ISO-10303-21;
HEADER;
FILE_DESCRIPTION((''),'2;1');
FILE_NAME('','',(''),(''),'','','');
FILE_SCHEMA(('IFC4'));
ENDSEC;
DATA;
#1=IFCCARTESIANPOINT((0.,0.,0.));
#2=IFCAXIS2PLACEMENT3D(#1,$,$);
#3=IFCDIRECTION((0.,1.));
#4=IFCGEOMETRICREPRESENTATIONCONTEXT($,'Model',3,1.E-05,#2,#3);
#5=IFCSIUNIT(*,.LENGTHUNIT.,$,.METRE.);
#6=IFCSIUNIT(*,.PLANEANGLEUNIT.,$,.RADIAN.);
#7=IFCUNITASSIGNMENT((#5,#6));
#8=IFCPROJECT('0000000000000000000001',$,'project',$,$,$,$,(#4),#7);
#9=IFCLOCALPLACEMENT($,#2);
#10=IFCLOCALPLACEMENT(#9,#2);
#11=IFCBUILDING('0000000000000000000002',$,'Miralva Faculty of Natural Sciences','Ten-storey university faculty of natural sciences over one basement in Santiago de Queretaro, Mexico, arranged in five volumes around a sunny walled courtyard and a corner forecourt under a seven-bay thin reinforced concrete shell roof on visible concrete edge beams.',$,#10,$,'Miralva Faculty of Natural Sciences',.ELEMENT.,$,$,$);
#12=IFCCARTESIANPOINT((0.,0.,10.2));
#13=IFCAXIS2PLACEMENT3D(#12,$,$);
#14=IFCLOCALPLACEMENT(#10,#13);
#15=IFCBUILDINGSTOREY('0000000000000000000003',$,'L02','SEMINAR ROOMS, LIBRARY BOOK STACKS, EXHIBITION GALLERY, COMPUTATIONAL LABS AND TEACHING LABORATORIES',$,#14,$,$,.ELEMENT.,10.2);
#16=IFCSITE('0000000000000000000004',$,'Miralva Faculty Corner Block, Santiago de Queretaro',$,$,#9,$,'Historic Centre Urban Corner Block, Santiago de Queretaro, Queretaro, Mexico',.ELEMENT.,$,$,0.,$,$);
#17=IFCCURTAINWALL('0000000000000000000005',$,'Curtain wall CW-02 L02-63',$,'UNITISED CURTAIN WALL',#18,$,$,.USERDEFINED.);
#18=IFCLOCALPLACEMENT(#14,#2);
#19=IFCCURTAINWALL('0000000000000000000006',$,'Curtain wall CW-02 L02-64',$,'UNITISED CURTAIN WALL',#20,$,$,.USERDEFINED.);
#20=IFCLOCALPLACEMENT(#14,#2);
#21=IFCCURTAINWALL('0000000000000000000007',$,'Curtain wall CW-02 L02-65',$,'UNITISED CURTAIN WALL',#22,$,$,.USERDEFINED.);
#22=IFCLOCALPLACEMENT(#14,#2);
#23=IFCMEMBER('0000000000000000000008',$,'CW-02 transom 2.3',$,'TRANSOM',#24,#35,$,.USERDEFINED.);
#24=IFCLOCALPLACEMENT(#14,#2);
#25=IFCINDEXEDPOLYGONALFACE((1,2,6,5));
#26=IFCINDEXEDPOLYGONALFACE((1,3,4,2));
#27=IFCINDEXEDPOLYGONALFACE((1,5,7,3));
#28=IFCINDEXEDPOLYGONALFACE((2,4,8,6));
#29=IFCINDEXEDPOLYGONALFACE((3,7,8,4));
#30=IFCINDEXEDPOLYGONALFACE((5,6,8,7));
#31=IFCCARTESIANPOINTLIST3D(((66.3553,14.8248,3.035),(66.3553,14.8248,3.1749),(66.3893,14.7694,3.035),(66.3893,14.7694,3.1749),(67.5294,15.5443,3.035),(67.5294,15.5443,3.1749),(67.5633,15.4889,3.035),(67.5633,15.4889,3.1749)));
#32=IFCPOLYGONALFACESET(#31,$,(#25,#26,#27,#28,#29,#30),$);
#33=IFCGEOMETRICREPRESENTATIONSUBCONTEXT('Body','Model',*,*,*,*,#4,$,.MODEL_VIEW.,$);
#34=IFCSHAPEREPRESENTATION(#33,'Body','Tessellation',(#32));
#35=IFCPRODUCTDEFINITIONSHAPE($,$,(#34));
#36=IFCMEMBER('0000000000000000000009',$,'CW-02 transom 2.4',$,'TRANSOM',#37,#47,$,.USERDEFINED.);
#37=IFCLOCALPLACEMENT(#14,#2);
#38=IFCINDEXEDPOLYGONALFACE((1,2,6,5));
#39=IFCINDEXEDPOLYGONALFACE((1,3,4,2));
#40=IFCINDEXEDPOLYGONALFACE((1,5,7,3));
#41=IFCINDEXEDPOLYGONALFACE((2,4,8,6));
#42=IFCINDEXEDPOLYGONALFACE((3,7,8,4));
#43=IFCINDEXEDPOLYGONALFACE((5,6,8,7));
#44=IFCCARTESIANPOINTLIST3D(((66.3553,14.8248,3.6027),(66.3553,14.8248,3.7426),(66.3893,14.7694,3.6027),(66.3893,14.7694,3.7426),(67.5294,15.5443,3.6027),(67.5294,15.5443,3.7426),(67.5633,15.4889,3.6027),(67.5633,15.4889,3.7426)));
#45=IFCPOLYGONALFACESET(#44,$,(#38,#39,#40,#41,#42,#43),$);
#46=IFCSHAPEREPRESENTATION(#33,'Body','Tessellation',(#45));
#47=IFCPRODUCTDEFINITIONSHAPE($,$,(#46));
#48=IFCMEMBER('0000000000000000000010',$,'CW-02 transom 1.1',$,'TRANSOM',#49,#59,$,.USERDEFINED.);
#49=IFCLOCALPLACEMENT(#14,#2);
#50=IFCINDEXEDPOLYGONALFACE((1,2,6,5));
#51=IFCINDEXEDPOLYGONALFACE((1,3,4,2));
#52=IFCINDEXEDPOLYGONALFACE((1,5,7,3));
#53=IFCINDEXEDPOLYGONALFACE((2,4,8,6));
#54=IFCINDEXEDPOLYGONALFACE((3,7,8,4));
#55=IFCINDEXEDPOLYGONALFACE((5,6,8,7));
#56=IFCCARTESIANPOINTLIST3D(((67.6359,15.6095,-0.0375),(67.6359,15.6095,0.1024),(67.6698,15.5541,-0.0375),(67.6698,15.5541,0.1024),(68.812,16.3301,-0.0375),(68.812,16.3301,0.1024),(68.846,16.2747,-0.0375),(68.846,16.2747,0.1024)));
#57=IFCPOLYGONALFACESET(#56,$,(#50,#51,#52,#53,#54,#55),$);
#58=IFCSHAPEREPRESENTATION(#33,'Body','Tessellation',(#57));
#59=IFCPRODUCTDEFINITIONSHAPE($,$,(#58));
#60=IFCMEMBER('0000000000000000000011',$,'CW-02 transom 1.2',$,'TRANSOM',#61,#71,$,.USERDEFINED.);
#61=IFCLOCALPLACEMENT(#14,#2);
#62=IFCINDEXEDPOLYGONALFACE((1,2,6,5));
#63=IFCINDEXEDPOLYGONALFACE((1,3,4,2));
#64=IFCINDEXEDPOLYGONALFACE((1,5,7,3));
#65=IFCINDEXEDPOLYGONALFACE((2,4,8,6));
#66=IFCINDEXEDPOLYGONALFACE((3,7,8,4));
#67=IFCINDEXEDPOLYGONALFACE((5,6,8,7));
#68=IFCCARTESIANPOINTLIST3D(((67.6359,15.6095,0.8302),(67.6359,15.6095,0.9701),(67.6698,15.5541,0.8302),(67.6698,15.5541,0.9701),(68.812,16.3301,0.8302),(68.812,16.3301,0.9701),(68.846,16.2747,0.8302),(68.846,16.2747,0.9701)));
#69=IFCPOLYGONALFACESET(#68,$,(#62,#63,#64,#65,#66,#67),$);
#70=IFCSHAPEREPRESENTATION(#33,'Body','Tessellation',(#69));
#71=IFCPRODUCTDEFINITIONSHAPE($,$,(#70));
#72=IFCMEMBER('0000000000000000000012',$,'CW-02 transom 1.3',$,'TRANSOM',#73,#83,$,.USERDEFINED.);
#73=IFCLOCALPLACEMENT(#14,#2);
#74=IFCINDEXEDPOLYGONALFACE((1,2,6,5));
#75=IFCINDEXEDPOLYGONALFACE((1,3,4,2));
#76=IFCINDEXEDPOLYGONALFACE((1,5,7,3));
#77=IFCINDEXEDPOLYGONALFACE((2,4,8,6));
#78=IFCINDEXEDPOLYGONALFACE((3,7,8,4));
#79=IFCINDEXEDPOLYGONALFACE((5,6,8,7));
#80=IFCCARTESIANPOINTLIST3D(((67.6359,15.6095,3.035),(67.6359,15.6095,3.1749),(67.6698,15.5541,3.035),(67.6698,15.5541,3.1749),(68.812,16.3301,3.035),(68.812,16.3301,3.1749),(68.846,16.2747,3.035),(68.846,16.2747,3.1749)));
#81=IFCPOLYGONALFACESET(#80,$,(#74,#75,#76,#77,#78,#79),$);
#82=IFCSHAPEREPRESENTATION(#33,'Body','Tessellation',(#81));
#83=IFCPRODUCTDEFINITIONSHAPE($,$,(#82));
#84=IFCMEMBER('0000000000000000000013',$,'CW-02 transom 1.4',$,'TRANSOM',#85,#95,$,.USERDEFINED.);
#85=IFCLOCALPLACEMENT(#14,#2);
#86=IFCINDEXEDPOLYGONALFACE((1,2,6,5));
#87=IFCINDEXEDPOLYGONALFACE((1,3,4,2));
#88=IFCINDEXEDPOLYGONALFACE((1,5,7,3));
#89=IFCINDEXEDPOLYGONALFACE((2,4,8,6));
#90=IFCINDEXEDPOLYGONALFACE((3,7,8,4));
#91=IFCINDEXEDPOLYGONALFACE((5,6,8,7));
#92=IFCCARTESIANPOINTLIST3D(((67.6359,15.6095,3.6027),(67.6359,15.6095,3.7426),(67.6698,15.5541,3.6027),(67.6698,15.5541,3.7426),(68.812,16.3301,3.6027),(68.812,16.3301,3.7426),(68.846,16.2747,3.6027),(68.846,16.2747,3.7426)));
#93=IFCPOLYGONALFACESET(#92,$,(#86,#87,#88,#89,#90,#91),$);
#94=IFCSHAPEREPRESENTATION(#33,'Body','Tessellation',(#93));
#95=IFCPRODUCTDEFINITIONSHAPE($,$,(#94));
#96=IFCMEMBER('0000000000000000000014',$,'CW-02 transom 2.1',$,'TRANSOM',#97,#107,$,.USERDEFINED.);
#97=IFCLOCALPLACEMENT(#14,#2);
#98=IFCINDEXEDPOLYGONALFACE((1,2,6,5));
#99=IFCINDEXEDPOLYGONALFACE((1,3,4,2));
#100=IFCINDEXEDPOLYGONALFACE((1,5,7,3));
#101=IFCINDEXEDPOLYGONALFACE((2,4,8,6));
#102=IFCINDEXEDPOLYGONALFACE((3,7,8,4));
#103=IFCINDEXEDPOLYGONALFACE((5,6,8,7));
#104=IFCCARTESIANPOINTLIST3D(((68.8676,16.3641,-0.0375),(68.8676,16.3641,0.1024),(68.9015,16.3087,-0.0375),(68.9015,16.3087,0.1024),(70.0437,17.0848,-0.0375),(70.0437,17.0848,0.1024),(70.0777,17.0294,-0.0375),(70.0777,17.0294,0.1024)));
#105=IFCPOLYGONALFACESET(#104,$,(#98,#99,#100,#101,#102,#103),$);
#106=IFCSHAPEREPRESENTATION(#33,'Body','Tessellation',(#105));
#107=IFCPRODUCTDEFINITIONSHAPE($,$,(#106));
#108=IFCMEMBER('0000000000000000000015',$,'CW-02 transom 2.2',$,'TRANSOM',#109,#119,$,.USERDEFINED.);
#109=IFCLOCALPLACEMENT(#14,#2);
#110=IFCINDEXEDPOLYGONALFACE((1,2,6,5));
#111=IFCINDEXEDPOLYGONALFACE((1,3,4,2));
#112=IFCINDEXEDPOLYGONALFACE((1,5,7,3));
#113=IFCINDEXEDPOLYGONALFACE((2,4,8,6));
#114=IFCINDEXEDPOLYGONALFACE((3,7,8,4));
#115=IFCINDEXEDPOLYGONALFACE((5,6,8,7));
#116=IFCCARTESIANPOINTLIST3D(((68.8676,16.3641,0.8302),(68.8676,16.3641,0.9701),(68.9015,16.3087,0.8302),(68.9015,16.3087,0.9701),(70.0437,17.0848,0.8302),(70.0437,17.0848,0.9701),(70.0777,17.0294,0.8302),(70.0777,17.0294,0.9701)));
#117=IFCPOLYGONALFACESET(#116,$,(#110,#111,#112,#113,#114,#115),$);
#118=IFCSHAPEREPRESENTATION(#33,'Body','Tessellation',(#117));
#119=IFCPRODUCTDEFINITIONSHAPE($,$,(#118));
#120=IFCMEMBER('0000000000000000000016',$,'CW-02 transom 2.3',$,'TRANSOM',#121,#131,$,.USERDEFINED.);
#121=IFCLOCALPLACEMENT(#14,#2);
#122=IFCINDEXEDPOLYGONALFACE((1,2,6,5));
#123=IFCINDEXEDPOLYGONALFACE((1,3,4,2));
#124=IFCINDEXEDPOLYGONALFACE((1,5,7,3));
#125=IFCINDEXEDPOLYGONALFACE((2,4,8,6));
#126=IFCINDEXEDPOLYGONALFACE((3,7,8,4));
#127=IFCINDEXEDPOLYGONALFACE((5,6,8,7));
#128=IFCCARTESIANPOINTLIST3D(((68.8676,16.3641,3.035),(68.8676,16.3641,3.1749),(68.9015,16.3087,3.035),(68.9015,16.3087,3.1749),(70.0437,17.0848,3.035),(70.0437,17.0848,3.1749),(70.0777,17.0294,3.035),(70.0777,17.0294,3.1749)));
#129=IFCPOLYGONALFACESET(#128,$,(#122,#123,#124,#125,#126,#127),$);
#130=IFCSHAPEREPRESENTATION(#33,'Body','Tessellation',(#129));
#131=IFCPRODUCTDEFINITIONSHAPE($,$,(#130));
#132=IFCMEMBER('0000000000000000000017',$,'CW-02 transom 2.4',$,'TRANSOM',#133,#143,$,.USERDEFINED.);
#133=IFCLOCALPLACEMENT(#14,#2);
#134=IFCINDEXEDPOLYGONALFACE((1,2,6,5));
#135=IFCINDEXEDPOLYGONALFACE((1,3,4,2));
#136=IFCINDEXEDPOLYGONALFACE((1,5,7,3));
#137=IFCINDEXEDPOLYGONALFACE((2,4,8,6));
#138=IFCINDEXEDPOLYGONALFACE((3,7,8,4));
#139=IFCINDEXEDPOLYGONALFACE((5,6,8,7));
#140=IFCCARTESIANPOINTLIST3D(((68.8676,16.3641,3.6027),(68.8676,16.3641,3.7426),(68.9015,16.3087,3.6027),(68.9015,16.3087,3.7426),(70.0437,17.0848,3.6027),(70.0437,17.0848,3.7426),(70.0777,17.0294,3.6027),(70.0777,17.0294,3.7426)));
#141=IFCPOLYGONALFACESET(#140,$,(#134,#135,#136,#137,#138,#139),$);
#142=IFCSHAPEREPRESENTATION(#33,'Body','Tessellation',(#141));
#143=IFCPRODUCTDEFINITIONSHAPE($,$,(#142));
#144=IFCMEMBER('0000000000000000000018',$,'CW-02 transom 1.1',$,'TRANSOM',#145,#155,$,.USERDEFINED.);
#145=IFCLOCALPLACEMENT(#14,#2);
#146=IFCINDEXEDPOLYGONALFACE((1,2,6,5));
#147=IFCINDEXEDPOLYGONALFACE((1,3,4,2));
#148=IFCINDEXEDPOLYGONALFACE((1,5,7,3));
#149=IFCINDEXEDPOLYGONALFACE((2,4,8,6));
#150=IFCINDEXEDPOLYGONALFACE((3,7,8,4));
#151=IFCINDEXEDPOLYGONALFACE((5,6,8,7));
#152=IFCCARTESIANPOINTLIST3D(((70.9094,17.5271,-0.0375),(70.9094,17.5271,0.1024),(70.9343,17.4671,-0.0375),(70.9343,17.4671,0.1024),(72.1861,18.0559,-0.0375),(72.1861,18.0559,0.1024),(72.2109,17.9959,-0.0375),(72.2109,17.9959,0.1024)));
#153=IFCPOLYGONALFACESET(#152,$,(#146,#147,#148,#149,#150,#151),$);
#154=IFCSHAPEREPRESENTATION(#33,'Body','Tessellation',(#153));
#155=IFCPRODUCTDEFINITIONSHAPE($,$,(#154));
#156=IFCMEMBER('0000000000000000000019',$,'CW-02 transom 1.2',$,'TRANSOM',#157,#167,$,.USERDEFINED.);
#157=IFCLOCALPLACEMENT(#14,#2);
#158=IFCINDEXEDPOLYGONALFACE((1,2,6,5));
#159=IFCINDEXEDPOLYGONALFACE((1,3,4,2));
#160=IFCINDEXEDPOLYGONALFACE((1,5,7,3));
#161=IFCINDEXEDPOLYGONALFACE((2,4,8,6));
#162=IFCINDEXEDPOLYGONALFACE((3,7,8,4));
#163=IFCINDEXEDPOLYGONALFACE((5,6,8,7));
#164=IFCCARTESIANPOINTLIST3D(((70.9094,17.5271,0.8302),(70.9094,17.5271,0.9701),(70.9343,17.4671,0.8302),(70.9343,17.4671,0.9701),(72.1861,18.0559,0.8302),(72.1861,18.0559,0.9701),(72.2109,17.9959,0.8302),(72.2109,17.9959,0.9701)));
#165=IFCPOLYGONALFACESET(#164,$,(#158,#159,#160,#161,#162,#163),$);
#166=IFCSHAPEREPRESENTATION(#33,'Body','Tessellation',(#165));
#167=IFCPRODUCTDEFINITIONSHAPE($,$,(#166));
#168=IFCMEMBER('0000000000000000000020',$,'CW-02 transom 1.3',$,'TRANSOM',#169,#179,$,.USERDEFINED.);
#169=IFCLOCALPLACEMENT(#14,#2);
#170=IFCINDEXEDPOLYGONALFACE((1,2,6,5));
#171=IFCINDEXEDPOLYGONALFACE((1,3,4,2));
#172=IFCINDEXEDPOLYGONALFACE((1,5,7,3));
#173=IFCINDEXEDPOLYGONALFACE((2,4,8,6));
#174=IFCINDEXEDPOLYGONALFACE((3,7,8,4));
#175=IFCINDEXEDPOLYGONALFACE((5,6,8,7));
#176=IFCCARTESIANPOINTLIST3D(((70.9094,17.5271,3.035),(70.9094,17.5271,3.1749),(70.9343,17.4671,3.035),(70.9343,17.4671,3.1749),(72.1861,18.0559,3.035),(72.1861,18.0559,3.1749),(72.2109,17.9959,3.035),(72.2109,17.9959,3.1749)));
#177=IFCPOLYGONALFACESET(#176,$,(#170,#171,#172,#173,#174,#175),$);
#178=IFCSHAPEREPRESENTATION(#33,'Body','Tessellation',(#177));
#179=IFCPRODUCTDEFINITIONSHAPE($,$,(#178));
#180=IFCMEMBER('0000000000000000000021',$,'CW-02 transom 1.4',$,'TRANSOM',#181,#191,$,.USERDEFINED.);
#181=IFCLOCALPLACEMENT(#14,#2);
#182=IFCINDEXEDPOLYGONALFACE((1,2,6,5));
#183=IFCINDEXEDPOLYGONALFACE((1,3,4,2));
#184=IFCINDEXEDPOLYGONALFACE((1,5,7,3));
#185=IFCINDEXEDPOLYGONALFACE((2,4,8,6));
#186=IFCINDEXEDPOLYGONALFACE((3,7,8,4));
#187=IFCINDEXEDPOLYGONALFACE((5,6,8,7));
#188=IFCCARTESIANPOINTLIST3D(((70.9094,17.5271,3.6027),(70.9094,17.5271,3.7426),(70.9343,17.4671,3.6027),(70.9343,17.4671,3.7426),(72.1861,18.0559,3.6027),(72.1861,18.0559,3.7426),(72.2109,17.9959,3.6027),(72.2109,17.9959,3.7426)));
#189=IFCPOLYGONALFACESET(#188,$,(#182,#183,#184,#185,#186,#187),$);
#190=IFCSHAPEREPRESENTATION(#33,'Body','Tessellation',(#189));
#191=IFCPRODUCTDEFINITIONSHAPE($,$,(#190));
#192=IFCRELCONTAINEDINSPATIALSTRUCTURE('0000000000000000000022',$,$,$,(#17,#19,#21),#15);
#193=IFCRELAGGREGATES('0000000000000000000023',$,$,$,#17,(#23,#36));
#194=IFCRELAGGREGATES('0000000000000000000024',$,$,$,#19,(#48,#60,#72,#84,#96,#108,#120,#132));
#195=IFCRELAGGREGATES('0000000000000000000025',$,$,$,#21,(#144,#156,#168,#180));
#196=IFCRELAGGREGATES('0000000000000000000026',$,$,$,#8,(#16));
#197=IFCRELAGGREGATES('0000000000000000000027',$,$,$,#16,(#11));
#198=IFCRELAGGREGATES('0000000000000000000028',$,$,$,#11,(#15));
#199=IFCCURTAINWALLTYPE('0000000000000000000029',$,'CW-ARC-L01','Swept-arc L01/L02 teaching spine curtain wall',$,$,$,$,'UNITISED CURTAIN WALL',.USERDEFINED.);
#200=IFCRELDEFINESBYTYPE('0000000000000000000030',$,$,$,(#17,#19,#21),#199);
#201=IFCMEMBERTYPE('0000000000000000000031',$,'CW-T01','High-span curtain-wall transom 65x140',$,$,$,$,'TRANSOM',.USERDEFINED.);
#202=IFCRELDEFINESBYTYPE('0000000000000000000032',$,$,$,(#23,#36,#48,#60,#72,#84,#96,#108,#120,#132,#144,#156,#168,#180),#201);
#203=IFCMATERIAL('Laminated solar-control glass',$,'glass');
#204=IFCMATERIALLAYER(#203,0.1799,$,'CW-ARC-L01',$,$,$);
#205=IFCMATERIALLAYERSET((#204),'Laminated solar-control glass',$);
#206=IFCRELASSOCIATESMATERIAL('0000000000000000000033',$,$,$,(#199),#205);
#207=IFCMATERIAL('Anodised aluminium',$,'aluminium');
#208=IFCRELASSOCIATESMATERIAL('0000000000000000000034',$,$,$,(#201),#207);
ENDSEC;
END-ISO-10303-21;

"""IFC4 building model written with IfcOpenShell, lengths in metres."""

from ifc_helpers import new_model, si_unit, direction, frame, origin, origin_2d, place, context, subcontext, project, spatial, rectangle, extrude, material, layer, layer_set, material_profile, profile_set, type_object, element, aggregate, save


model = new_model("IFC4")

# Units and contexts
model_context = context("Model", 3, precision=1e-05, world=origin(), true_north=direction((0.0, 1.0)))
body_context = subcontext(model_context, "Body", "Model", "MODEL_VIEW")
ifc_project = project(units=[si_unit("LENGTHUNIT", "METRE"), si_unit("PLANEANGLEUNIT", "RADIAN")], contexts=[model_context])

# Site, building, storey
site_placement = place(None, origin())
site = spatial("IfcSite", under=ifc_project, at=site_placement, Name="Miralva Faculty Corner Block, Santiago de Queretaro", LongName="Historic Centre Urban Corner Block, Santiago de Queretaro, Queretaro, Mexico", CompositionType="ELEMENT", RefElevation=0.0)
building_placement = place(site_placement, origin())
building = spatial("IfcBuilding", under=site, at=building_placement, Name="Miralva Faculty of Natural Sciences", Description="Ten-storey university faculty of natural sciences over one basement in Santiago de Queretaro, Mexico, arranged in five volumes around a sunny walled courtyard and a corner forecourt under a seven-bay thin reinforced concrete shell roof on visible concrete edge beams.", LongName="Miralva Faculty of Natural Sciences", CompositionType="ELEMENT")
storey_placement = place(building_placement, frame((0.0, 0.0, 10.2)))
storey = spatial("IfcBuildingStorey", under=building, at=storey_placement, Name="L02", Description="SEMINAR ROOMS, LIBRARY BOOK STACKS, EXHIBITION GALLERY, COMPUTATIONAL LABS AND TEACHING LABORATORIES", CompositionType="ELEMENT", Elevation=10.2)

# Curtain wall
ifc_material_1 = material(Name="Laminated solar-control glass", Category="glass")
ifc_layer_1 = layer(ifc_material_1, 0.1799, Name="CW-ARC-L01")
ifc_layer_set_1 = layer_set([ifc_layer_1], Name="Laminated solar-control glass")
curtain_wall_type = type_object("IfcCurtainWallType", Name="CW-ARC-L01", Description="Swept-arc L01/L02 teaching spine curtain wall", ElementType="UNITISED CURTAIN WALL", PredefinedType="USERDEFINED", material=ifc_layer_set_1)
curtain_wall_1_placement = place(storey_placement, origin())
curtain_wall_1 = element("IfcCurtainWall", 1, at=curtain_wall_1_placement, inside=storey, type_object=curtain_wall_type, Name="Curtain wall CW-02 L02-63", ObjectType="UNITISED CURTAIN WALL", PredefinedType="USERDEFINED")
ifc_material_2 = material(Name="Anodised aluminium", Category="aluminium")

# Curtain wall
curtain_wall_2_placement = place(storey_placement, origin())
curtain_wall_2 = element("IfcCurtainWall", 2, at=curtain_wall_2_placement, inside=storey, type_object=curtain_wall_type, Name="Curtain wall CW-02 L02-64", ObjectType="UNITISED CURTAIN WALL", PredefinedType="USERDEFINED")

# Curtain wall
curtain_wall_3_placement = place(storey_placement, origin())
curtain_wall_3 = element("IfcCurtainWall", 3, at=curtain_wall_3_placement, inside=storey, type_object=curtain_wall_type, Name="Curtain wall CW-02 L02-65", ObjectType="UNITISED CURTAIN WALL", PredefinedType="USERDEFINED")

# Members
ifc_material_profile_1 = material_profile(ifc_material_2, rectangle(XDim=0.0649, YDim=0.1399, at=origin_2d()), Name="TRANSOM 65x140")
ifc_profile_set_1 = profile_set([ifc_material_profile_1], Name="Anodised aluminium")
member_type_1 = type_object("IfcMemberType", Name="CW-T01", Description="High-span curtain-wall transom 65x140", ElementType="TRANSOM", PredefinedType="USERDEFINED", material=ifc_profile_set_1)
member_1_placement = place(storey_placement, frame((66.3723, 14.7971, 3.105), z_axis=(0.852637, 0.522504, 0.0), x_axis=(-0.522504, 0.852637, 0.0)))
member_1 = element("IfcMember", 4, at=member_1_placement, type_object=member_type_1, Name="CW-02 transom 2.3", ObjectType="TRANSOM", PredefinedType="USERDEFINED", context=body_context, shape_type="SweptSolid", body=[
    extrude(rectangle(XDim=0.0649, YDim=0.1399, at=origin_2d()), origin(), (0.0, 0.0, 1.0), 1.377),
])
member_2_placement = place(storey_placement, frame((66.3723, 14.7971, 3.6726), z_axis=(0.852637, 0.522504, 0.0), x_axis=(-0.522504, 0.852637, 0.0)))
member_2 = element("IfcMember", 5, at=member_2_placement, type_object=member_type_1, Name="CW-02 transom 2.4", ObjectType="TRANSOM", PredefinedType="USERDEFINED", context=body_context, shape_type="SweptSolid", body=[
    extrude(rectangle(XDim=0.0649, YDim=0.1399, at=origin_2d()), origin(), (0.0, 0.0, 1.0), 1.377),
])
member_3_placement = place(storey_placement, frame((67.6528, 15.5818, 0.0325), z_axis=(0.852678, 0.522438, 0.0), x_axis=(-0.522438, 0.852678, 0.0)))
member_3 = element("IfcMember", 6, at=member_3_placement, type_object=member_type_1, Name="CW-02 transom 1.1", ObjectType="TRANSOM", PredefinedType="USERDEFINED", context=body_context, shape_type="SweptSolid", body=[
    extrude(rectangle(XDim=0.0649, YDim=0.1399, at=origin_2d()), origin(), (0.0, 0.0, 1.0), 1.3794),
])
member_4_placement = place(storey_placement, frame((67.6528, 15.5818, 0.9001), z_axis=(0.852678, 0.522438, 0.0), x_axis=(-0.522438, 0.852678, 0.0)))
member_4 = element("IfcMember", 7, at=member_4_placement, type_object=member_type_1, Name="CW-02 transom 1.2", ObjectType="TRANSOM", PredefinedType="USERDEFINED", context=body_context, shape_type="SweptSolid", body=[
    extrude(rectangle(XDim=0.0649, YDim=0.1399, at=origin_2d()), origin(), (0.0, 0.0, 1.0), 1.3794),
])
member_5_placement = place(storey_placement, frame((67.6528, 15.5818, 3.105), z_axis=(0.852678, 0.522438, 0.0), x_axis=(-0.522438, 0.852678, 0.0)))
member_5 = element("IfcMember", 8, at=member_5_placement, type_object=member_type_1, Name="CW-02 transom 1.3", ObjectType="TRANSOM", PredefinedType="USERDEFINED", context=body_context, shape_type="SweptSolid", body=[
    extrude(rectangle(XDim=0.0649, YDim=0.1399, at=origin_2d()), origin(), (0.0, 0.0, 1.0), 1.3794),
])
member_6_placement = place(storey_placement, frame((67.6528, 15.5818, 3.6726), z_axis=(0.852678, 0.522438, 0.0), x_axis=(-0.522438, 0.852678, 0.0)))
member_6 = element("IfcMember", 9, at=member_6_placement, type_object=member_type_1, Name="CW-02 transom 1.4", ObjectType="TRANSOM", PredefinedType="USERDEFINED", context=body_context, shape_type="SweptSolid", body=[
    extrude(rectangle(XDim=0.0649, YDim=0.1399, at=origin_2d()), origin(), (0.0, 0.0, 1.0), 1.3794),
])
member_7_placement = place(storey_placement, frame((68.8845, 16.3364, 0.0325), z_axis=(0.852678, 0.522438, 0.0), x_axis=(-0.522438, 0.852678, 0.0)))
member_7 = element("IfcMember", 10, at=member_7_placement, type_object=member_type_1, Name="CW-02 transom 2.1", ObjectType="TRANSOM", PredefinedType="USERDEFINED", context=body_context, shape_type="SweptSolid", body=[
    extrude(rectangle(XDim=0.0649, YDim=0.1399, at=origin_2d()), origin(), (0.0, 0.0, 1.0), 1.3794),
])
member_8_placement = place(storey_placement, frame((68.8845, 16.3364, 0.9001), z_axis=(0.852678, 0.522438, 0.0), x_axis=(-0.522438, 0.852678, 0.0)))
member_8 = element("IfcMember", 11, at=member_8_placement, type_object=member_type_1, Name="CW-02 transom 2.2", ObjectType="TRANSOM", PredefinedType="USERDEFINED", context=body_context, shape_type="SweptSolid", body=[
    extrude(rectangle(XDim=0.0649, YDim=0.1399, at=origin_2d()), origin(), (0.0, 0.0, 1.0), 1.3794),
])
member_9_placement = place(storey_placement, frame((68.8845, 16.3364, 3.105), z_axis=(0.852678, 0.522438, 0.0), x_axis=(-0.522438, 0.852678, 0.0)))
member_9 = element("IfcMember", 12, at=member_9_placement, type_object=member_type_1, Name="CW-02 transom 2.3", ObjectType="TRANSOM", PredefinedType="USERDEFINED", context=body_context, shape_type="SweptSolid", body=[
    extrude(rectangle(XDim=0.0649, YDim=0.1399, at=origin_2d()), origin(), (0.0, 0.0, 1.0), 1.3794),
])
member_10_placement = place(storey_placement, frame((68.8845, 16.3364, 3.6726), z_axis=(0.852678, 0.522438, 0.0), x_axis=(-0.522438, 0.852678, 0.0)))
member_10 = element("IfcMember", 13, at=member_10_placement, type_object=member_type_1, Name="CW-02 transom 2.4", ObjectType="TRANSOM", PredefinedType="USERDEFINED", context=body_context, shape_type="SweptSolid", body=[
    extrude(rectangle(XDim=0.0649, YDim=0.1399, at=origin_2d()), origin(), (0.0, 0.0, 1.0), 1.3794),
])
member_11_placement = place(storey_placement, frame((70.9219, 17.4971, 0.0325), z_axis=(0.923875, 0.382695, 0.0), x_axis=(-0.382695, 0.923875, 0.0)))
member_11 = element("IfcMember", 14, at=member_11_placement, type_object=member_type_1, Name="CW-02 transom 1.1", ObjectType="TRANSOM", PredefinedType="USERDEFINED", context=body_context, shape_type="SweptSolid", body=[
    extrude(rectangle(XDim=0.0649, YDim=0.1399, at=origin_2d()), origin(), (0.0, 0.0, 1.0), 1.3818),
])
member_12_placement = place(storey_placement, frame((70.9219, 17.4971, 0.9001), z_axis=(0.923875, 0.382695, 0.0), x_axis=(-0.382695, 0.923875, 0.0)))
member_12 = element("IfcMember", 15, at=member_12_placement, type_object=member_type_1, Name="CW-02 transom 1.2", ObjectType="TRANSOM", PredefinedType="USERDEFINED", context=body_context, shape_type="SweptSolid", body=[
    extrude(rectangle(XDim=0.0649, YDim=0.1399, at=origin_2d()), origin(), (0.0, 0.0, 1.0), 1.3818),
])
member_13_placement = place(storey_placement, frame((70.9219, 17.4971, 3.105), z_axis=(0.923875, 0.382695, 0.0), x_axis=(-0.382695, 0.923875, 0.0)))
member_13 = element("IfcMember", 16, at=member_13_placement, type_object=member_type_1, Name="CW-02 transom 1.3", ObjectType="TRANSOM", PredefinedType="USERDEFINED", context=body_context, shape_type="SweptSolid", body=[
    extrude(rectangle(XDim=0.0649, YDim=0.1399, at=origin_2d()), origin(), (0.0, 0.0, 1.0), 1.3818),
])
member_14_placement = place(storey_placement, frame((70.9219, 17.4971, 3.6726), z_axis=(0.923875, 0.382695, 0.0), x_axis=(-0.382695, 0.923875, 0.0)))
member_14 = element("IfcMember", 17, at=member_14_placement, type_object=member_type_1, Name="CW-02 transom 1.4", ObjectType="TRANSOM", PredefinedType="USERDEFINED", context=body_context, shape_type="SweptSolid", body=[
    extrude(rectangle(XDim=0.0649, YDim=0.1399, at=origin_2d()), origin(), (0.0, 0.0, 1.0), 1.3818),
])

aggregate(curtain_wall_1, [member_1, member_2])
aggregate(curtain_wall_2, [member_3, member_4, member_5, member_6, member_7, member_8, member_9, member_10])
aggregate(curtain_wall_3, [member_11, member_12, member_13, member_14])

save(model, "model.ifc")
